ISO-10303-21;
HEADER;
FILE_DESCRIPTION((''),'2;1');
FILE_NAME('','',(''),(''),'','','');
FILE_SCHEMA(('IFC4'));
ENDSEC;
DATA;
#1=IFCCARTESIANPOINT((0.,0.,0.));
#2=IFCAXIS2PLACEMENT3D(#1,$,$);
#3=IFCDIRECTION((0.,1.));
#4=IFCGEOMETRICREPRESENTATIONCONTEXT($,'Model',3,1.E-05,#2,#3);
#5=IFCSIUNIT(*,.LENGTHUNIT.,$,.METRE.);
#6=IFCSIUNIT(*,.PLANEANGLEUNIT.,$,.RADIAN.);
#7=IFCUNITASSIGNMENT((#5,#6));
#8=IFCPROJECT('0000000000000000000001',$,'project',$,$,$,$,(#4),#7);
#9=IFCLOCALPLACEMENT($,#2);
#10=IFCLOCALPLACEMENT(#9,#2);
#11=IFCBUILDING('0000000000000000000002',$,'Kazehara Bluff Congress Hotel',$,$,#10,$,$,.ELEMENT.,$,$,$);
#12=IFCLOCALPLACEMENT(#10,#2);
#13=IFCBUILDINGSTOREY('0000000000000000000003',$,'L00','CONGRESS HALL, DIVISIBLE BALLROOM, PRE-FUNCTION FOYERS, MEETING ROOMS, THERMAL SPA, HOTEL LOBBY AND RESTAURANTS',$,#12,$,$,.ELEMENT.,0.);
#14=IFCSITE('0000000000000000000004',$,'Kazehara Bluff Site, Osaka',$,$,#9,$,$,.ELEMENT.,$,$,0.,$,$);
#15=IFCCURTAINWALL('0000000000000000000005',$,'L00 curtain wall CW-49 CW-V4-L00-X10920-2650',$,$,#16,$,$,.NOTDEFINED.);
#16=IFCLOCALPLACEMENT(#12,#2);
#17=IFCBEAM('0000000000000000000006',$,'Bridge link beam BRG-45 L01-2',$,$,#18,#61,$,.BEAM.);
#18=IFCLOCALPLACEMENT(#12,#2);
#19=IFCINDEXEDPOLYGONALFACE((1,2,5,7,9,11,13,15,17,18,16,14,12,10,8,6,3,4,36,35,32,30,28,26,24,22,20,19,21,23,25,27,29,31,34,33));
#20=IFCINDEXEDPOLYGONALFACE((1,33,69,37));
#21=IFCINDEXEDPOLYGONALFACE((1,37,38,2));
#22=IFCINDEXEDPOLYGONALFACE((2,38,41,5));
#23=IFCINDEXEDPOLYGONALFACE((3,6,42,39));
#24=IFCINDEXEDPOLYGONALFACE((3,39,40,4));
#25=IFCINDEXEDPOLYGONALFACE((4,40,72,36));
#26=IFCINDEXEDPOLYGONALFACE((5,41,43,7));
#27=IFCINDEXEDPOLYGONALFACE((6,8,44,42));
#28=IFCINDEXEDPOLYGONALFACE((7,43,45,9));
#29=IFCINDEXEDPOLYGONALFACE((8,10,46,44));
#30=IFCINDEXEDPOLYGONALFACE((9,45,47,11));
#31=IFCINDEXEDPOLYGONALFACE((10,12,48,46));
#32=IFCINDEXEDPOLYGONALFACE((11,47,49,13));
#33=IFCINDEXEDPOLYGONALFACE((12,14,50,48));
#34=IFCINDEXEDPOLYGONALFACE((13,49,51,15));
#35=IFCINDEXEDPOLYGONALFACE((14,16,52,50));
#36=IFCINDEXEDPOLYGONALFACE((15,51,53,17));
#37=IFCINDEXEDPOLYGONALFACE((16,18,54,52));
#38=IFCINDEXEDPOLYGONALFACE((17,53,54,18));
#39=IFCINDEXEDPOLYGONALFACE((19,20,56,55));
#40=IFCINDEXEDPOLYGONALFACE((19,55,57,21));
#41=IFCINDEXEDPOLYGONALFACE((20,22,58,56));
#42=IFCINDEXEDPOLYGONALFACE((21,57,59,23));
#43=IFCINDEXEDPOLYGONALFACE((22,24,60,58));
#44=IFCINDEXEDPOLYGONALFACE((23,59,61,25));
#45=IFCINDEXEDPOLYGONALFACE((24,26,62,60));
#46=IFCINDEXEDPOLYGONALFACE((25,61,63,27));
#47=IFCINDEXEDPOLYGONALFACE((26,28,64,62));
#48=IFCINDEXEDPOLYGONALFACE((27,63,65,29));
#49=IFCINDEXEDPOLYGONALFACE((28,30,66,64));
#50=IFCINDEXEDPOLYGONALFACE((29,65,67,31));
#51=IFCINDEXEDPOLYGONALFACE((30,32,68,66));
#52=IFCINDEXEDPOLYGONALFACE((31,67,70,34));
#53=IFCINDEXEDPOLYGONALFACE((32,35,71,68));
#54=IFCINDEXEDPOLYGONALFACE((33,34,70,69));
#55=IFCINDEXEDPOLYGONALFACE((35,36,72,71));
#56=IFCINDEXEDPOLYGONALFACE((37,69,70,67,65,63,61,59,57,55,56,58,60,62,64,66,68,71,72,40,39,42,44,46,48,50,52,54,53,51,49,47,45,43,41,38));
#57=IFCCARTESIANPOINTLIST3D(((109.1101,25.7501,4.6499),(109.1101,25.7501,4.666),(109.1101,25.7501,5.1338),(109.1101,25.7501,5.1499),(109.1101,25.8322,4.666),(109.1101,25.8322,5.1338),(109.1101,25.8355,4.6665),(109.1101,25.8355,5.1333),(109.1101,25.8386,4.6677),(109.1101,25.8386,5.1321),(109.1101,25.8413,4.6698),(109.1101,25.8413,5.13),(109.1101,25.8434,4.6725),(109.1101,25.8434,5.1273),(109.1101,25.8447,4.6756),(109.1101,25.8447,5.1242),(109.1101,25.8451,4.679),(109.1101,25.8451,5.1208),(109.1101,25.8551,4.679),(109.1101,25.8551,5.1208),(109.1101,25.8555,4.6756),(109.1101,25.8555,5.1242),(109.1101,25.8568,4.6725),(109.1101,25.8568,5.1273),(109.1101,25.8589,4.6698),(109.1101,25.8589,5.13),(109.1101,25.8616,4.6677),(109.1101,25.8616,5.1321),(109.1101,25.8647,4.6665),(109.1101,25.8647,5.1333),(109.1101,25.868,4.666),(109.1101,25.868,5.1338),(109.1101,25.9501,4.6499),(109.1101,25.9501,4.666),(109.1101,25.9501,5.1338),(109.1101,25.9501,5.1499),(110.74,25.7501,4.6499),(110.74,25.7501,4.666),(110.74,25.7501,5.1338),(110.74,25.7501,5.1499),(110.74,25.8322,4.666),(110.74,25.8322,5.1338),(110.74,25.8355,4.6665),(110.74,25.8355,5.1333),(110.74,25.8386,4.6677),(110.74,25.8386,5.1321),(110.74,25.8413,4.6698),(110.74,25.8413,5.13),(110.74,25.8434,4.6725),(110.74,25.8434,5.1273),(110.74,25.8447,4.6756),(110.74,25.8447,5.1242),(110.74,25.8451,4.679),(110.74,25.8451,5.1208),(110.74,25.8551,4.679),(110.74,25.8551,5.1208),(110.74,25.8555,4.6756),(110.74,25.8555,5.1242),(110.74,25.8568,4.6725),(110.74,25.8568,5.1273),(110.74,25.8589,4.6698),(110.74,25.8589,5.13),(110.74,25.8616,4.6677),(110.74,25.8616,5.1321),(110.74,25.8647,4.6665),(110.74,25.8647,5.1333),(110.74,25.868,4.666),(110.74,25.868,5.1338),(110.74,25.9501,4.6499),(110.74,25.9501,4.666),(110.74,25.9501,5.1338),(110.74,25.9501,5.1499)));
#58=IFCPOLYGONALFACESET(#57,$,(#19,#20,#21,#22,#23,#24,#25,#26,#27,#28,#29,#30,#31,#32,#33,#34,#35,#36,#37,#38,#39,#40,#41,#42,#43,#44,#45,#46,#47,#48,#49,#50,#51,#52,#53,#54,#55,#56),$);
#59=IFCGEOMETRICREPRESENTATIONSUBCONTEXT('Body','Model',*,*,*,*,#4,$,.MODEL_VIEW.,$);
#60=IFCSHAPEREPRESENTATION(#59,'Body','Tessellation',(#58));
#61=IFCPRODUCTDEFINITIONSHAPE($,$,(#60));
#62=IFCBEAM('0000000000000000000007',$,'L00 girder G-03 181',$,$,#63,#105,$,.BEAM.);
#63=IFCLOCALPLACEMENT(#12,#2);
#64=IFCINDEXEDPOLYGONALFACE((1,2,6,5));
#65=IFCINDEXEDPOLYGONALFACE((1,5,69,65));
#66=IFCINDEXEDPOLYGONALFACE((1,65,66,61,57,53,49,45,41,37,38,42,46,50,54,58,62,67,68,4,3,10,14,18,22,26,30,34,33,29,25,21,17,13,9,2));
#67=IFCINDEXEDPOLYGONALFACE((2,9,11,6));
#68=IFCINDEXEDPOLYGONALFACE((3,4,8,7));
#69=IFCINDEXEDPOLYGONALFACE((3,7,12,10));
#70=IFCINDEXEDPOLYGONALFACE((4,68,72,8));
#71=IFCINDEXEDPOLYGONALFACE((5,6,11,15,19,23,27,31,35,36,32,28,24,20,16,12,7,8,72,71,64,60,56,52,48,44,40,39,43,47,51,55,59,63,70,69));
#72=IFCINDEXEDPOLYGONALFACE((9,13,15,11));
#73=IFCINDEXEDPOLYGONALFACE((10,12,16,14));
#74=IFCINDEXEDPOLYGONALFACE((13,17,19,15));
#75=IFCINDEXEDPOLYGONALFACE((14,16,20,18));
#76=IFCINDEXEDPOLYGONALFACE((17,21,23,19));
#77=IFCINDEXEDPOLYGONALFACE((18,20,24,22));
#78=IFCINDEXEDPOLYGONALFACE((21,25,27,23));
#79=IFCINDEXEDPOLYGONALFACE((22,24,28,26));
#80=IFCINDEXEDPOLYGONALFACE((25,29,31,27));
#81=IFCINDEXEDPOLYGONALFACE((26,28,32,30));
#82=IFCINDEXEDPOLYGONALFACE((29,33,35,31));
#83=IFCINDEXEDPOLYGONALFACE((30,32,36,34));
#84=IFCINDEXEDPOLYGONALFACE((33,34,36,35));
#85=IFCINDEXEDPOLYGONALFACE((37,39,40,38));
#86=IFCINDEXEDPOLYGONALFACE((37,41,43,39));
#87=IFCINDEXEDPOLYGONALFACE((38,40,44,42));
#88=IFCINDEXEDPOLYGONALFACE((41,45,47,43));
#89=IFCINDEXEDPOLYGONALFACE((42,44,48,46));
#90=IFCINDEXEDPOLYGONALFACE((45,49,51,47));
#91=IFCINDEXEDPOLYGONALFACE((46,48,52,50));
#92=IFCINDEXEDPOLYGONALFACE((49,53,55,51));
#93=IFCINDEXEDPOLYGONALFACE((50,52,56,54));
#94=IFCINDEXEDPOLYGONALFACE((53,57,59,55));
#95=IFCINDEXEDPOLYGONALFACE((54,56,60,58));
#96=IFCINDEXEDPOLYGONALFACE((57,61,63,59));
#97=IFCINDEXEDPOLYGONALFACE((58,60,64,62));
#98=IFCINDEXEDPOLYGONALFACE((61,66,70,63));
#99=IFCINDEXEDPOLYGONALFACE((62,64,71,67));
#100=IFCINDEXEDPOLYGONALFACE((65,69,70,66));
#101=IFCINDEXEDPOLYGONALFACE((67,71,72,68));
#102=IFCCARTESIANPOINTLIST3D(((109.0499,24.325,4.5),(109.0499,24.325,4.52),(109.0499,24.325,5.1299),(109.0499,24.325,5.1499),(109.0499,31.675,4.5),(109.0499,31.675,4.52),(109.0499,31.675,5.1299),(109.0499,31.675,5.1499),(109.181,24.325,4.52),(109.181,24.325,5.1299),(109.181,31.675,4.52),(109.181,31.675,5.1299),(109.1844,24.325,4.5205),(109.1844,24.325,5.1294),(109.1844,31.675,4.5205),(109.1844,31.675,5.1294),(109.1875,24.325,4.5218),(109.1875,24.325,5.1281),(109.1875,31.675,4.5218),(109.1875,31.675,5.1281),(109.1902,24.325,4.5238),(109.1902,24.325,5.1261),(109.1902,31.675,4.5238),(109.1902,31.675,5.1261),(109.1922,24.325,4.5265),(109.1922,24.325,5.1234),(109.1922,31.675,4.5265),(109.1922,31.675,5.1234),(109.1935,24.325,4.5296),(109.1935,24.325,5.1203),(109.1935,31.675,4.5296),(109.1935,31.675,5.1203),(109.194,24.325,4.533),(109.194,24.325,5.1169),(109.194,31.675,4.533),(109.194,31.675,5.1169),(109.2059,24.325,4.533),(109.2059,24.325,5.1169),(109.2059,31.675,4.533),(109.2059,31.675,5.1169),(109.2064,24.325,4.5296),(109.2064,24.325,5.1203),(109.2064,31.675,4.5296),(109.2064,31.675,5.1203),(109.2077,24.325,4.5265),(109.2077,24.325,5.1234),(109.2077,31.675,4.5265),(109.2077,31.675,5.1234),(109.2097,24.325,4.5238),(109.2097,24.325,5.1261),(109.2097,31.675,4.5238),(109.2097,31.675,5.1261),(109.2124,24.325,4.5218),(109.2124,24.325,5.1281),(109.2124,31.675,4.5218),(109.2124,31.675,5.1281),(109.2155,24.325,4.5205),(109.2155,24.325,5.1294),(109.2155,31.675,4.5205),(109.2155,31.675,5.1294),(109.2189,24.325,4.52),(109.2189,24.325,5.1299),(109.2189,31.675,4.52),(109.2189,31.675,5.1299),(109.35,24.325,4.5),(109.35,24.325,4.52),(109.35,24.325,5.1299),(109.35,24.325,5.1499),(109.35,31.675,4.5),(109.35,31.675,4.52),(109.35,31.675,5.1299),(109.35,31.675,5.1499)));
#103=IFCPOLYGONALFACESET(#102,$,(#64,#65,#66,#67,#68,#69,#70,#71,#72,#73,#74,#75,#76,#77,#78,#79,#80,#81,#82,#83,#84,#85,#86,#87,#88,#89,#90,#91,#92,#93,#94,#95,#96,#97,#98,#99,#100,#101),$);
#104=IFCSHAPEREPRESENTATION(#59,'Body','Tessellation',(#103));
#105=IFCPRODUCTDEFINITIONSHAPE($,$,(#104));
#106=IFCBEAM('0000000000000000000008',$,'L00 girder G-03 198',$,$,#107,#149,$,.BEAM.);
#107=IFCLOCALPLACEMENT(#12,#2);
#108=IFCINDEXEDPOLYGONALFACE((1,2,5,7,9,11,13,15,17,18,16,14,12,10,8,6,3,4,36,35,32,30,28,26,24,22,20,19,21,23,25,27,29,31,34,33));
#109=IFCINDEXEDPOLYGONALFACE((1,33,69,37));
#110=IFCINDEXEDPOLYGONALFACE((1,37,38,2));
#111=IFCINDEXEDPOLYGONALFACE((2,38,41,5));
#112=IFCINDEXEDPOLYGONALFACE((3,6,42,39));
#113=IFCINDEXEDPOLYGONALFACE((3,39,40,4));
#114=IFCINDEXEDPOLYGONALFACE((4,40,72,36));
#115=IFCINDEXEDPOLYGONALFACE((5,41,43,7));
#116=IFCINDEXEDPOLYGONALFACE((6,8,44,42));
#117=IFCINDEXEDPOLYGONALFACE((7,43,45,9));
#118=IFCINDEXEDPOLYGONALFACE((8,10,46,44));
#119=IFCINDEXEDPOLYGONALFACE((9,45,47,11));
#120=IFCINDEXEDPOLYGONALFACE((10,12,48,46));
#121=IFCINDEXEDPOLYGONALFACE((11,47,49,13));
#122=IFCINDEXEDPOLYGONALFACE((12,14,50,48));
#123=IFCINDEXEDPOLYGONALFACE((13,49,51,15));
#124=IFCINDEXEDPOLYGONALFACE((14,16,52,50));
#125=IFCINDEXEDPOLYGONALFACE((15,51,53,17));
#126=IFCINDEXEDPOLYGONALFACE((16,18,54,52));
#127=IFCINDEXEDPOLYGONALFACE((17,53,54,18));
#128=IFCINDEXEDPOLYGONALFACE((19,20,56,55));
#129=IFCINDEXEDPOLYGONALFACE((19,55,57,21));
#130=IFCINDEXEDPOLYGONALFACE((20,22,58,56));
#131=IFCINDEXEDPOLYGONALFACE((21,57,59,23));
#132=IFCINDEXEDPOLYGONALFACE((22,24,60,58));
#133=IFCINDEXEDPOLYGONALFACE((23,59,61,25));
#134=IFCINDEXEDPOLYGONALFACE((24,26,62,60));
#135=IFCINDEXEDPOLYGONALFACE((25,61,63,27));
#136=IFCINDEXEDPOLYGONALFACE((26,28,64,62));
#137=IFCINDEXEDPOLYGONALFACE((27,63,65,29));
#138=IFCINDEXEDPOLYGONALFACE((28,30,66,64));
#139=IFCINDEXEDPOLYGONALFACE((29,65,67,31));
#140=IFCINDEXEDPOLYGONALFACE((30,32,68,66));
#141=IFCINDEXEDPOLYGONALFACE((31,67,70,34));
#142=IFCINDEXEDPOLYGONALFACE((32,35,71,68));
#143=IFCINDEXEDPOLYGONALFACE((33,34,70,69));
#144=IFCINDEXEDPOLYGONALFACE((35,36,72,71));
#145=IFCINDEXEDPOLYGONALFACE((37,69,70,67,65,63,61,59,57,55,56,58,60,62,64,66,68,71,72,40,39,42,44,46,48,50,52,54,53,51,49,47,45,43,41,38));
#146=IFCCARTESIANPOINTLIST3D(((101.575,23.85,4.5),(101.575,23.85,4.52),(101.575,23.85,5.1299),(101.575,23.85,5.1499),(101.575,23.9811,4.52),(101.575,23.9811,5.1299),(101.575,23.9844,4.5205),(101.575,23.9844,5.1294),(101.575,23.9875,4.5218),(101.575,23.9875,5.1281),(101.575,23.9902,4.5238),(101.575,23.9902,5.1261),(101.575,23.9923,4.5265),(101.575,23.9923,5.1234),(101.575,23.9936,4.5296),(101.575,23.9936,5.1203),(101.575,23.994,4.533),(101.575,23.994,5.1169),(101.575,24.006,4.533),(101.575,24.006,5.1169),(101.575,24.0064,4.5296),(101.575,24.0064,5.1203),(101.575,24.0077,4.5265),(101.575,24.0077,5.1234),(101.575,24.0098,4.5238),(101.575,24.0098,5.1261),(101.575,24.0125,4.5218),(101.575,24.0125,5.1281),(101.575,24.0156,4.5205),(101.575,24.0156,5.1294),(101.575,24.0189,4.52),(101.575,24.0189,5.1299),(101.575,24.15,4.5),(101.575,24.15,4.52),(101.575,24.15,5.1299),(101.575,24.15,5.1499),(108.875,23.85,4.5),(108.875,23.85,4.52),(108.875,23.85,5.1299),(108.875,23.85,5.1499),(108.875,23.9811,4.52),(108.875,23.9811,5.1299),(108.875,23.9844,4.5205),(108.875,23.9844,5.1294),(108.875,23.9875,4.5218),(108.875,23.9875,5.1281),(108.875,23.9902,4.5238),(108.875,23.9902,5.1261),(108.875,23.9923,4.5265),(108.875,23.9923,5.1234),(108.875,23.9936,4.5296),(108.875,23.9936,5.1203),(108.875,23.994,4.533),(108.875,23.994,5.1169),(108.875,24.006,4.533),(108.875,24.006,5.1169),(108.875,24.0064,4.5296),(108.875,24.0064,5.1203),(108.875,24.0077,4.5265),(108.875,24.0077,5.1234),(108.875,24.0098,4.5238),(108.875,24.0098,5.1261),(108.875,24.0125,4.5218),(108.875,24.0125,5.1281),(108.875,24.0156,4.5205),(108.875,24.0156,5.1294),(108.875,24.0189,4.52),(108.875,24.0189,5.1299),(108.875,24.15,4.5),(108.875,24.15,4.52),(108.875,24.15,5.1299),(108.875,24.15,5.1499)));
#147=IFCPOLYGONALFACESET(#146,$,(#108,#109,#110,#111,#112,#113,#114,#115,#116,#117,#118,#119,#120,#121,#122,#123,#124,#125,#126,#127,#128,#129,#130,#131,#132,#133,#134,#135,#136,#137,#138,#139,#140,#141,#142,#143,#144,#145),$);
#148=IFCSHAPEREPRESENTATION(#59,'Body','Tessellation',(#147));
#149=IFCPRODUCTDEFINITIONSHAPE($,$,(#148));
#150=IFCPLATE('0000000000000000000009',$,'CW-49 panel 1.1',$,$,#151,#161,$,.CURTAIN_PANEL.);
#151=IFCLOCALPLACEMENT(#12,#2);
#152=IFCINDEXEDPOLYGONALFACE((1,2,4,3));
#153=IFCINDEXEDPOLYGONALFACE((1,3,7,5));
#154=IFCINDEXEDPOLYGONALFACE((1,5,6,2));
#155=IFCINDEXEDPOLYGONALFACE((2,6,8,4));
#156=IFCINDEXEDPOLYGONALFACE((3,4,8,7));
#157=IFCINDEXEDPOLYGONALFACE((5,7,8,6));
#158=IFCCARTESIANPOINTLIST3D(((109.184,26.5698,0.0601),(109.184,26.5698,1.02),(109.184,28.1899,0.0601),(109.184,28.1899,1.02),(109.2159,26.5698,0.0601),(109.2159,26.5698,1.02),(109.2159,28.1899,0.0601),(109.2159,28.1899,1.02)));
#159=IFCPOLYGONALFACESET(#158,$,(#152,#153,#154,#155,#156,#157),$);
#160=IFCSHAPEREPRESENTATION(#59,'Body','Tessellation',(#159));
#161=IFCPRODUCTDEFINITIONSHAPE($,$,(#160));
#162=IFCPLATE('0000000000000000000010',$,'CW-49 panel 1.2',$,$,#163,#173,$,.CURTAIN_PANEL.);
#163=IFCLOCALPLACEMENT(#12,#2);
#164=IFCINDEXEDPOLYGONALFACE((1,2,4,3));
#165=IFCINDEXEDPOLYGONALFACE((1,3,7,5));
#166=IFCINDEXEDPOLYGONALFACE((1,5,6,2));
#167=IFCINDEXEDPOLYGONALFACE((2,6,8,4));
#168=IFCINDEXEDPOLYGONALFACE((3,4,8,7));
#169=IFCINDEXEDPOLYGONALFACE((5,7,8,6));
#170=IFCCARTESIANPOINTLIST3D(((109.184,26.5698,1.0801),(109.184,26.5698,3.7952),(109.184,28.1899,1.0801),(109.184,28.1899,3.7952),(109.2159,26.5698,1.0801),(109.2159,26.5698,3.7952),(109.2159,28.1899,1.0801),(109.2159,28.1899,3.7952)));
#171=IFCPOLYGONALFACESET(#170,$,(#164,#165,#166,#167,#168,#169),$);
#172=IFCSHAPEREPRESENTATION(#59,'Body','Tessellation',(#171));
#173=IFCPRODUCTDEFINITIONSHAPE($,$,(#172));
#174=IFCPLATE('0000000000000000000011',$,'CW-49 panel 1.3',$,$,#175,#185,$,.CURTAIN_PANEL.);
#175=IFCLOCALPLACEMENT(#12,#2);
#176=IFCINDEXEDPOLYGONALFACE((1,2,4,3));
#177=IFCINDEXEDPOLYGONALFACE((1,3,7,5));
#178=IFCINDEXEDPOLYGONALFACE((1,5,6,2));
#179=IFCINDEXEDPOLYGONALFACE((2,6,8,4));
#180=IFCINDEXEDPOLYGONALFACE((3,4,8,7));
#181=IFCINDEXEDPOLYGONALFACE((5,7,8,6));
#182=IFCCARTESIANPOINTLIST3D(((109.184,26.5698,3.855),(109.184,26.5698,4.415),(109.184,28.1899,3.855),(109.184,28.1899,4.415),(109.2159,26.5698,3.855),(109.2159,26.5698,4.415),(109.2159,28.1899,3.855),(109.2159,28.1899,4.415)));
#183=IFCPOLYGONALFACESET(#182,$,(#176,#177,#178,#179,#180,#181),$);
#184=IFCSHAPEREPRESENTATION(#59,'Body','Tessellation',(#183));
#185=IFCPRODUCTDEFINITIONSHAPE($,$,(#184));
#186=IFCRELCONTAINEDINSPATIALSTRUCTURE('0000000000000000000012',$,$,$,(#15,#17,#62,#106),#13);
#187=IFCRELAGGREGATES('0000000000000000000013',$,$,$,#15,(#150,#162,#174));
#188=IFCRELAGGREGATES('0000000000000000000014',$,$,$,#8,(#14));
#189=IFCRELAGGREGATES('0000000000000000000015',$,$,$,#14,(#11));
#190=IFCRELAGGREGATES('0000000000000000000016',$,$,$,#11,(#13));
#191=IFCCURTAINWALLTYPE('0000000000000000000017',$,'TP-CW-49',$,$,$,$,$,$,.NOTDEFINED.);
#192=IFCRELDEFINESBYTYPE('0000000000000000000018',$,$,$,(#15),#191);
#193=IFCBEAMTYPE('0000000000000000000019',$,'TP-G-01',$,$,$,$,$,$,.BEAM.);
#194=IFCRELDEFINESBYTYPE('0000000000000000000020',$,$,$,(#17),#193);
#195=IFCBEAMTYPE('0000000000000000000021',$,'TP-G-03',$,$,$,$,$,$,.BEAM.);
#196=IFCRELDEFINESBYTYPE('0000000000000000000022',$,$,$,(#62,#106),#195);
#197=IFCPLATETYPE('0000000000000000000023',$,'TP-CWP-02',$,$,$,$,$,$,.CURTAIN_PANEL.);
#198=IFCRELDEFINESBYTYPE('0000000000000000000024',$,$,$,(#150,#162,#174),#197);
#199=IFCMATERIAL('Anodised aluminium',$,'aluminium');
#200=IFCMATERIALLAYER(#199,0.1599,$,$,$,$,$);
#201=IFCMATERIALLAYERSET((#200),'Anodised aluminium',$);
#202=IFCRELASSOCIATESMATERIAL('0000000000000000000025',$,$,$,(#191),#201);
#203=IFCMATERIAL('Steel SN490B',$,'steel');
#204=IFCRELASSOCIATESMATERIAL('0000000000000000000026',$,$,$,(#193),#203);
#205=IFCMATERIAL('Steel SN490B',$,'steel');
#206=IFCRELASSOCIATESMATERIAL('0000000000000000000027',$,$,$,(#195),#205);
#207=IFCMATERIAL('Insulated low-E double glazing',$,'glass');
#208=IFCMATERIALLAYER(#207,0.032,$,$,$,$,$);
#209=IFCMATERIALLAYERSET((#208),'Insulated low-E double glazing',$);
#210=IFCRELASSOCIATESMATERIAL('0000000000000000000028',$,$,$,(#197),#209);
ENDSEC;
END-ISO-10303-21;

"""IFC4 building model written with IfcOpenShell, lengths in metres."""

from ifc_helpers import new_model, si_unit, direction, frame, origin, origin_2d, place, context, subcontext, project, spatial, rectangle, i_section, extrude, material, layer, layer_set, material_profile, profile_set, type_object, element, aggregate, save


model = new_model("IFC4")

# Units and contexts
model_context = context("Model", 3, precision=1e-05, world=origin(), true_north=direction((0.0, 1.0)))
body_context = subcontext(model_context, "Body", "Model", "MODEL_VIEW")
ifc_project = project(units=[si_unit("LENGTHUNIT", "METRE"), si_unit("PLANEANGLEUNIT", "RADIAN")], contexts=[model_context])

# Site, building, storey
site_placement = place(None, origin())
site = spatial("IfcSite", under=ifc_project, at=site_placement, Name="Kazehara Bluff Site, Osaka", CompositionType="ELEMENT", RefElevation=0.0)
building_placement = place(site_placement, origin())
building = spatial("IfcBuilding", under=site, at=building_placement, Name="Kazehara Bluff Congress Hotel", CompositionType="ELEMENT")
storey_placement = place(building_placement, origin())
storey = spatial("IfcBuildingStorey", under=building, at=storey_placement, Name="L00", Description="CONGRESS HALL, DIVISIBLE BALLROOM, PRE-FUNCTION FOYERS, MEETING ROOMS, THERMAL SPA, HOTEL LOBBY AND RESTAURANTS", CompositionType="ELEMENT", Elevation=0.0)

# Curtain wall
ifc_material_1 = material(Name="Anodised aluminium", Category="aluminium")
ifc_layer_1 = layer(ifc_material_1, 0.1599)
ifc_layer_set_1 = layer_set([ifc_layer_1], Name="Anodised aluminium")
curtain_wall_type = type_object("IfcCurtainWallType", Name="TP-CW-49", PredefinedType="NOTDEFINED", material=ifc_layer_set_1)
curtain_wall_placement = place(storey_placement, origin())
curtain_wall = element("IfcCurtainWall", 1, at=curtain_wall_placement, inside=storey, type_object=curtain_wall_type, Name="L00 curtain wall CW-49 CW-V4-L00-X10920-2650", PredefinedType="NOTDEFINED")

# Beams
ifc_material_2 = material(Name="Steel SN490B", Category="steel")
ifc_material_profile_1 = material_profile(ifc_material_2, i_section(OverallWidth=0.2, OverallDepth=0.5, WebThickness=0.01, FlangeThickness=0.0161, FilletRadius=0.0129, at=origin_2d()))
ifc_profile_set_1 = profile_set([ifc_material_profile_1], Name="Steel SN490B")
beam_type_1 = type_object("IfcBeamType", Name="TP-G-01", PredefinedType="BEAM", material=ifc_profile_set_1)
for number, where, z_axis, x_axis, name in (
    (2, (109.1101, 25.8501, 4.8999), (1.0, 0.0, 0.0), (0.0, 1.0, 0.0), "Bridge link beam BRG-45 L01-2"),
):
    element("IfcBeam", number, at=place(storey_placement, frame(where, z_axis=z_axis, x_axis=x_axis)), inside=storey, type_object=beam_type_1, Name=name, PredefinedType="BEAM", context=body_context, shape_type="SweptSolid", body=[
        extrude(i_section(OverallWidth=0.2, OverallDepth=0.5, WebThickness=0.01, FlangeThickness=0.0161, FilletRadius=0.0129, at=origin_2d()), origin(), (0.0, 0.0, 1.0), 1.6299),
    ])
ifc_material_3 = material(Name="Steel SN490B", Category="steel")
ifc_material_profile_2 = material_profile(ifc_material_3, i_section(OverallWidth=0.3, OverallDepth=0.6499, WebThickness=0.012, FlangeThickness=0.02, FilletRadius=0.0129, at=origin_2d()))
ifc_profile_set_2 = profile_set([ifc_material_profile_2], Name="Steel SN490B")
beam_type_2 = type_object("IfcBeamType", Name="TP-G-03", PredefinedType="BEAM", material=ifc_profile_set_2)
beam_1_placement = place(storey_placement, frame((109.2, 24.325, 4.825), z_axis=(0.0, 1.0, 0.0), x_axis=(-1.0, 0.0, 0.0)))
element("IfcBeam", 3, at=beam_1_placement, inside=storey, type_object=beam_type_2, Name="L00 girder G-03 181", PredefinedType="BEAM", context=body_context, shape_type="SweptSolid", body=[
    extrude(i_section(OverallWidth=0.3, OverallDepth=0.6499, WebThickness=0.012, FlangeThickness=0.02, FilletRadius=0.0129, at=origin_2d()), origin(), (0.0, 0.0, 1.0), 7.3501),
])
beam_2_placement = place(storey_placement, frame((101.575, 24.0, 4.825), z_axis=(1.0, 0.0, 0.0), x_axis=(0.0, 1.0, 0.0)))
element("IfcBeam", 4, at=beam_2_placement, inside=storey, type_object=beam_type_2, Name="L00 girder G-03 198", PredefinedType="BEAM", context=body_context, shape_type="SweptSolid", body=[
    extrude(i_section(OverallWidth=0.3, OverallDepth=0.6499, WebThickness=0.012, FlangeThickness=0.02, FilletRadius=0.0129, at=origin_2d()), origin(), (0.0, 0.0, 1.0), 7.3),
])

# Plates
ifc_material_4 = material(Name="Insulated low-E double glazing", Category="glass")
ifc_layer_2 = layer(ifc_material_4, 0.032)
ifc_layer_set_2 = layer_set([ifc_layer_2], Name="Insulated low-E double glazing")
plate_type = type_object("IfcPlateType", Name="TP-CWP-02", PredefinedType="CURTAIN_PANEL", material=ifc_layer_set_2)
plate_1_placement = place(storey_placement, frame((109.2, 27.3799, 0.0601), z_axis=(0.0, 0.0, 1.0), x_axis=(0.0, 1.0, 0.0)))
plate_1 = element("IfcPlate", 5, at=plate_1_placement, type_object=plate_type, Name="CW-49 panel 1.1", PredefinedType="CURTAIN_PANEL", context=body_context, shape_type="SweptSolid", body=[
    extrude(rectangle(XDim=1.6201, YDim=0.032, at=origin_2d()), origin(), (0.0, 0.0, 1.0), 0.96),
])
plate_2_placement = place(storey_placement, frame((109.2, 27.3799, 1.0801), z_axis=(0.0, 0.0, 1.0), x_axis=(0.0, 1.0, 0.0)))
plate_2 = element("IfcPlate", 6, at=plate_2_placement, type_object=plate_type, Name="CW-49 panel 1.2", PredefinedType="CURTAIN_PANEL", context=body_context, shape_type="SweptSolid", body=[
    extrude(rectangle(XDim=1.6201, YDim=0.032, at=origin_2d()), origin(), (0.0, 0.0, 1.0), 2.7151),
])
plate_3_placement = place(storey_placement, frame((109.2, 27.3799, 3.855), z_axis=(0.0, 0.0, 1.0), x_axis=(0.0, 1.0, 0.0)))
plate_3 = element("IfcPlate", 7, at=plate_3_placement, type_object=plate_type, Name="CW-49 panel 1.3", PredefinedType="CURTAIN_PANEL", context=body_context, shape_type="SweptSolid", body=[
    extrude(rectangle(XDim=1.6201, YDim=0.032, at=origin_2d()), origin(), (0.0, 0.0, 1.0), 0.5601),
])
aggregate(curtain_wall, [plate_1, plate_2, plate_3])

save(model, "model.ifc")
